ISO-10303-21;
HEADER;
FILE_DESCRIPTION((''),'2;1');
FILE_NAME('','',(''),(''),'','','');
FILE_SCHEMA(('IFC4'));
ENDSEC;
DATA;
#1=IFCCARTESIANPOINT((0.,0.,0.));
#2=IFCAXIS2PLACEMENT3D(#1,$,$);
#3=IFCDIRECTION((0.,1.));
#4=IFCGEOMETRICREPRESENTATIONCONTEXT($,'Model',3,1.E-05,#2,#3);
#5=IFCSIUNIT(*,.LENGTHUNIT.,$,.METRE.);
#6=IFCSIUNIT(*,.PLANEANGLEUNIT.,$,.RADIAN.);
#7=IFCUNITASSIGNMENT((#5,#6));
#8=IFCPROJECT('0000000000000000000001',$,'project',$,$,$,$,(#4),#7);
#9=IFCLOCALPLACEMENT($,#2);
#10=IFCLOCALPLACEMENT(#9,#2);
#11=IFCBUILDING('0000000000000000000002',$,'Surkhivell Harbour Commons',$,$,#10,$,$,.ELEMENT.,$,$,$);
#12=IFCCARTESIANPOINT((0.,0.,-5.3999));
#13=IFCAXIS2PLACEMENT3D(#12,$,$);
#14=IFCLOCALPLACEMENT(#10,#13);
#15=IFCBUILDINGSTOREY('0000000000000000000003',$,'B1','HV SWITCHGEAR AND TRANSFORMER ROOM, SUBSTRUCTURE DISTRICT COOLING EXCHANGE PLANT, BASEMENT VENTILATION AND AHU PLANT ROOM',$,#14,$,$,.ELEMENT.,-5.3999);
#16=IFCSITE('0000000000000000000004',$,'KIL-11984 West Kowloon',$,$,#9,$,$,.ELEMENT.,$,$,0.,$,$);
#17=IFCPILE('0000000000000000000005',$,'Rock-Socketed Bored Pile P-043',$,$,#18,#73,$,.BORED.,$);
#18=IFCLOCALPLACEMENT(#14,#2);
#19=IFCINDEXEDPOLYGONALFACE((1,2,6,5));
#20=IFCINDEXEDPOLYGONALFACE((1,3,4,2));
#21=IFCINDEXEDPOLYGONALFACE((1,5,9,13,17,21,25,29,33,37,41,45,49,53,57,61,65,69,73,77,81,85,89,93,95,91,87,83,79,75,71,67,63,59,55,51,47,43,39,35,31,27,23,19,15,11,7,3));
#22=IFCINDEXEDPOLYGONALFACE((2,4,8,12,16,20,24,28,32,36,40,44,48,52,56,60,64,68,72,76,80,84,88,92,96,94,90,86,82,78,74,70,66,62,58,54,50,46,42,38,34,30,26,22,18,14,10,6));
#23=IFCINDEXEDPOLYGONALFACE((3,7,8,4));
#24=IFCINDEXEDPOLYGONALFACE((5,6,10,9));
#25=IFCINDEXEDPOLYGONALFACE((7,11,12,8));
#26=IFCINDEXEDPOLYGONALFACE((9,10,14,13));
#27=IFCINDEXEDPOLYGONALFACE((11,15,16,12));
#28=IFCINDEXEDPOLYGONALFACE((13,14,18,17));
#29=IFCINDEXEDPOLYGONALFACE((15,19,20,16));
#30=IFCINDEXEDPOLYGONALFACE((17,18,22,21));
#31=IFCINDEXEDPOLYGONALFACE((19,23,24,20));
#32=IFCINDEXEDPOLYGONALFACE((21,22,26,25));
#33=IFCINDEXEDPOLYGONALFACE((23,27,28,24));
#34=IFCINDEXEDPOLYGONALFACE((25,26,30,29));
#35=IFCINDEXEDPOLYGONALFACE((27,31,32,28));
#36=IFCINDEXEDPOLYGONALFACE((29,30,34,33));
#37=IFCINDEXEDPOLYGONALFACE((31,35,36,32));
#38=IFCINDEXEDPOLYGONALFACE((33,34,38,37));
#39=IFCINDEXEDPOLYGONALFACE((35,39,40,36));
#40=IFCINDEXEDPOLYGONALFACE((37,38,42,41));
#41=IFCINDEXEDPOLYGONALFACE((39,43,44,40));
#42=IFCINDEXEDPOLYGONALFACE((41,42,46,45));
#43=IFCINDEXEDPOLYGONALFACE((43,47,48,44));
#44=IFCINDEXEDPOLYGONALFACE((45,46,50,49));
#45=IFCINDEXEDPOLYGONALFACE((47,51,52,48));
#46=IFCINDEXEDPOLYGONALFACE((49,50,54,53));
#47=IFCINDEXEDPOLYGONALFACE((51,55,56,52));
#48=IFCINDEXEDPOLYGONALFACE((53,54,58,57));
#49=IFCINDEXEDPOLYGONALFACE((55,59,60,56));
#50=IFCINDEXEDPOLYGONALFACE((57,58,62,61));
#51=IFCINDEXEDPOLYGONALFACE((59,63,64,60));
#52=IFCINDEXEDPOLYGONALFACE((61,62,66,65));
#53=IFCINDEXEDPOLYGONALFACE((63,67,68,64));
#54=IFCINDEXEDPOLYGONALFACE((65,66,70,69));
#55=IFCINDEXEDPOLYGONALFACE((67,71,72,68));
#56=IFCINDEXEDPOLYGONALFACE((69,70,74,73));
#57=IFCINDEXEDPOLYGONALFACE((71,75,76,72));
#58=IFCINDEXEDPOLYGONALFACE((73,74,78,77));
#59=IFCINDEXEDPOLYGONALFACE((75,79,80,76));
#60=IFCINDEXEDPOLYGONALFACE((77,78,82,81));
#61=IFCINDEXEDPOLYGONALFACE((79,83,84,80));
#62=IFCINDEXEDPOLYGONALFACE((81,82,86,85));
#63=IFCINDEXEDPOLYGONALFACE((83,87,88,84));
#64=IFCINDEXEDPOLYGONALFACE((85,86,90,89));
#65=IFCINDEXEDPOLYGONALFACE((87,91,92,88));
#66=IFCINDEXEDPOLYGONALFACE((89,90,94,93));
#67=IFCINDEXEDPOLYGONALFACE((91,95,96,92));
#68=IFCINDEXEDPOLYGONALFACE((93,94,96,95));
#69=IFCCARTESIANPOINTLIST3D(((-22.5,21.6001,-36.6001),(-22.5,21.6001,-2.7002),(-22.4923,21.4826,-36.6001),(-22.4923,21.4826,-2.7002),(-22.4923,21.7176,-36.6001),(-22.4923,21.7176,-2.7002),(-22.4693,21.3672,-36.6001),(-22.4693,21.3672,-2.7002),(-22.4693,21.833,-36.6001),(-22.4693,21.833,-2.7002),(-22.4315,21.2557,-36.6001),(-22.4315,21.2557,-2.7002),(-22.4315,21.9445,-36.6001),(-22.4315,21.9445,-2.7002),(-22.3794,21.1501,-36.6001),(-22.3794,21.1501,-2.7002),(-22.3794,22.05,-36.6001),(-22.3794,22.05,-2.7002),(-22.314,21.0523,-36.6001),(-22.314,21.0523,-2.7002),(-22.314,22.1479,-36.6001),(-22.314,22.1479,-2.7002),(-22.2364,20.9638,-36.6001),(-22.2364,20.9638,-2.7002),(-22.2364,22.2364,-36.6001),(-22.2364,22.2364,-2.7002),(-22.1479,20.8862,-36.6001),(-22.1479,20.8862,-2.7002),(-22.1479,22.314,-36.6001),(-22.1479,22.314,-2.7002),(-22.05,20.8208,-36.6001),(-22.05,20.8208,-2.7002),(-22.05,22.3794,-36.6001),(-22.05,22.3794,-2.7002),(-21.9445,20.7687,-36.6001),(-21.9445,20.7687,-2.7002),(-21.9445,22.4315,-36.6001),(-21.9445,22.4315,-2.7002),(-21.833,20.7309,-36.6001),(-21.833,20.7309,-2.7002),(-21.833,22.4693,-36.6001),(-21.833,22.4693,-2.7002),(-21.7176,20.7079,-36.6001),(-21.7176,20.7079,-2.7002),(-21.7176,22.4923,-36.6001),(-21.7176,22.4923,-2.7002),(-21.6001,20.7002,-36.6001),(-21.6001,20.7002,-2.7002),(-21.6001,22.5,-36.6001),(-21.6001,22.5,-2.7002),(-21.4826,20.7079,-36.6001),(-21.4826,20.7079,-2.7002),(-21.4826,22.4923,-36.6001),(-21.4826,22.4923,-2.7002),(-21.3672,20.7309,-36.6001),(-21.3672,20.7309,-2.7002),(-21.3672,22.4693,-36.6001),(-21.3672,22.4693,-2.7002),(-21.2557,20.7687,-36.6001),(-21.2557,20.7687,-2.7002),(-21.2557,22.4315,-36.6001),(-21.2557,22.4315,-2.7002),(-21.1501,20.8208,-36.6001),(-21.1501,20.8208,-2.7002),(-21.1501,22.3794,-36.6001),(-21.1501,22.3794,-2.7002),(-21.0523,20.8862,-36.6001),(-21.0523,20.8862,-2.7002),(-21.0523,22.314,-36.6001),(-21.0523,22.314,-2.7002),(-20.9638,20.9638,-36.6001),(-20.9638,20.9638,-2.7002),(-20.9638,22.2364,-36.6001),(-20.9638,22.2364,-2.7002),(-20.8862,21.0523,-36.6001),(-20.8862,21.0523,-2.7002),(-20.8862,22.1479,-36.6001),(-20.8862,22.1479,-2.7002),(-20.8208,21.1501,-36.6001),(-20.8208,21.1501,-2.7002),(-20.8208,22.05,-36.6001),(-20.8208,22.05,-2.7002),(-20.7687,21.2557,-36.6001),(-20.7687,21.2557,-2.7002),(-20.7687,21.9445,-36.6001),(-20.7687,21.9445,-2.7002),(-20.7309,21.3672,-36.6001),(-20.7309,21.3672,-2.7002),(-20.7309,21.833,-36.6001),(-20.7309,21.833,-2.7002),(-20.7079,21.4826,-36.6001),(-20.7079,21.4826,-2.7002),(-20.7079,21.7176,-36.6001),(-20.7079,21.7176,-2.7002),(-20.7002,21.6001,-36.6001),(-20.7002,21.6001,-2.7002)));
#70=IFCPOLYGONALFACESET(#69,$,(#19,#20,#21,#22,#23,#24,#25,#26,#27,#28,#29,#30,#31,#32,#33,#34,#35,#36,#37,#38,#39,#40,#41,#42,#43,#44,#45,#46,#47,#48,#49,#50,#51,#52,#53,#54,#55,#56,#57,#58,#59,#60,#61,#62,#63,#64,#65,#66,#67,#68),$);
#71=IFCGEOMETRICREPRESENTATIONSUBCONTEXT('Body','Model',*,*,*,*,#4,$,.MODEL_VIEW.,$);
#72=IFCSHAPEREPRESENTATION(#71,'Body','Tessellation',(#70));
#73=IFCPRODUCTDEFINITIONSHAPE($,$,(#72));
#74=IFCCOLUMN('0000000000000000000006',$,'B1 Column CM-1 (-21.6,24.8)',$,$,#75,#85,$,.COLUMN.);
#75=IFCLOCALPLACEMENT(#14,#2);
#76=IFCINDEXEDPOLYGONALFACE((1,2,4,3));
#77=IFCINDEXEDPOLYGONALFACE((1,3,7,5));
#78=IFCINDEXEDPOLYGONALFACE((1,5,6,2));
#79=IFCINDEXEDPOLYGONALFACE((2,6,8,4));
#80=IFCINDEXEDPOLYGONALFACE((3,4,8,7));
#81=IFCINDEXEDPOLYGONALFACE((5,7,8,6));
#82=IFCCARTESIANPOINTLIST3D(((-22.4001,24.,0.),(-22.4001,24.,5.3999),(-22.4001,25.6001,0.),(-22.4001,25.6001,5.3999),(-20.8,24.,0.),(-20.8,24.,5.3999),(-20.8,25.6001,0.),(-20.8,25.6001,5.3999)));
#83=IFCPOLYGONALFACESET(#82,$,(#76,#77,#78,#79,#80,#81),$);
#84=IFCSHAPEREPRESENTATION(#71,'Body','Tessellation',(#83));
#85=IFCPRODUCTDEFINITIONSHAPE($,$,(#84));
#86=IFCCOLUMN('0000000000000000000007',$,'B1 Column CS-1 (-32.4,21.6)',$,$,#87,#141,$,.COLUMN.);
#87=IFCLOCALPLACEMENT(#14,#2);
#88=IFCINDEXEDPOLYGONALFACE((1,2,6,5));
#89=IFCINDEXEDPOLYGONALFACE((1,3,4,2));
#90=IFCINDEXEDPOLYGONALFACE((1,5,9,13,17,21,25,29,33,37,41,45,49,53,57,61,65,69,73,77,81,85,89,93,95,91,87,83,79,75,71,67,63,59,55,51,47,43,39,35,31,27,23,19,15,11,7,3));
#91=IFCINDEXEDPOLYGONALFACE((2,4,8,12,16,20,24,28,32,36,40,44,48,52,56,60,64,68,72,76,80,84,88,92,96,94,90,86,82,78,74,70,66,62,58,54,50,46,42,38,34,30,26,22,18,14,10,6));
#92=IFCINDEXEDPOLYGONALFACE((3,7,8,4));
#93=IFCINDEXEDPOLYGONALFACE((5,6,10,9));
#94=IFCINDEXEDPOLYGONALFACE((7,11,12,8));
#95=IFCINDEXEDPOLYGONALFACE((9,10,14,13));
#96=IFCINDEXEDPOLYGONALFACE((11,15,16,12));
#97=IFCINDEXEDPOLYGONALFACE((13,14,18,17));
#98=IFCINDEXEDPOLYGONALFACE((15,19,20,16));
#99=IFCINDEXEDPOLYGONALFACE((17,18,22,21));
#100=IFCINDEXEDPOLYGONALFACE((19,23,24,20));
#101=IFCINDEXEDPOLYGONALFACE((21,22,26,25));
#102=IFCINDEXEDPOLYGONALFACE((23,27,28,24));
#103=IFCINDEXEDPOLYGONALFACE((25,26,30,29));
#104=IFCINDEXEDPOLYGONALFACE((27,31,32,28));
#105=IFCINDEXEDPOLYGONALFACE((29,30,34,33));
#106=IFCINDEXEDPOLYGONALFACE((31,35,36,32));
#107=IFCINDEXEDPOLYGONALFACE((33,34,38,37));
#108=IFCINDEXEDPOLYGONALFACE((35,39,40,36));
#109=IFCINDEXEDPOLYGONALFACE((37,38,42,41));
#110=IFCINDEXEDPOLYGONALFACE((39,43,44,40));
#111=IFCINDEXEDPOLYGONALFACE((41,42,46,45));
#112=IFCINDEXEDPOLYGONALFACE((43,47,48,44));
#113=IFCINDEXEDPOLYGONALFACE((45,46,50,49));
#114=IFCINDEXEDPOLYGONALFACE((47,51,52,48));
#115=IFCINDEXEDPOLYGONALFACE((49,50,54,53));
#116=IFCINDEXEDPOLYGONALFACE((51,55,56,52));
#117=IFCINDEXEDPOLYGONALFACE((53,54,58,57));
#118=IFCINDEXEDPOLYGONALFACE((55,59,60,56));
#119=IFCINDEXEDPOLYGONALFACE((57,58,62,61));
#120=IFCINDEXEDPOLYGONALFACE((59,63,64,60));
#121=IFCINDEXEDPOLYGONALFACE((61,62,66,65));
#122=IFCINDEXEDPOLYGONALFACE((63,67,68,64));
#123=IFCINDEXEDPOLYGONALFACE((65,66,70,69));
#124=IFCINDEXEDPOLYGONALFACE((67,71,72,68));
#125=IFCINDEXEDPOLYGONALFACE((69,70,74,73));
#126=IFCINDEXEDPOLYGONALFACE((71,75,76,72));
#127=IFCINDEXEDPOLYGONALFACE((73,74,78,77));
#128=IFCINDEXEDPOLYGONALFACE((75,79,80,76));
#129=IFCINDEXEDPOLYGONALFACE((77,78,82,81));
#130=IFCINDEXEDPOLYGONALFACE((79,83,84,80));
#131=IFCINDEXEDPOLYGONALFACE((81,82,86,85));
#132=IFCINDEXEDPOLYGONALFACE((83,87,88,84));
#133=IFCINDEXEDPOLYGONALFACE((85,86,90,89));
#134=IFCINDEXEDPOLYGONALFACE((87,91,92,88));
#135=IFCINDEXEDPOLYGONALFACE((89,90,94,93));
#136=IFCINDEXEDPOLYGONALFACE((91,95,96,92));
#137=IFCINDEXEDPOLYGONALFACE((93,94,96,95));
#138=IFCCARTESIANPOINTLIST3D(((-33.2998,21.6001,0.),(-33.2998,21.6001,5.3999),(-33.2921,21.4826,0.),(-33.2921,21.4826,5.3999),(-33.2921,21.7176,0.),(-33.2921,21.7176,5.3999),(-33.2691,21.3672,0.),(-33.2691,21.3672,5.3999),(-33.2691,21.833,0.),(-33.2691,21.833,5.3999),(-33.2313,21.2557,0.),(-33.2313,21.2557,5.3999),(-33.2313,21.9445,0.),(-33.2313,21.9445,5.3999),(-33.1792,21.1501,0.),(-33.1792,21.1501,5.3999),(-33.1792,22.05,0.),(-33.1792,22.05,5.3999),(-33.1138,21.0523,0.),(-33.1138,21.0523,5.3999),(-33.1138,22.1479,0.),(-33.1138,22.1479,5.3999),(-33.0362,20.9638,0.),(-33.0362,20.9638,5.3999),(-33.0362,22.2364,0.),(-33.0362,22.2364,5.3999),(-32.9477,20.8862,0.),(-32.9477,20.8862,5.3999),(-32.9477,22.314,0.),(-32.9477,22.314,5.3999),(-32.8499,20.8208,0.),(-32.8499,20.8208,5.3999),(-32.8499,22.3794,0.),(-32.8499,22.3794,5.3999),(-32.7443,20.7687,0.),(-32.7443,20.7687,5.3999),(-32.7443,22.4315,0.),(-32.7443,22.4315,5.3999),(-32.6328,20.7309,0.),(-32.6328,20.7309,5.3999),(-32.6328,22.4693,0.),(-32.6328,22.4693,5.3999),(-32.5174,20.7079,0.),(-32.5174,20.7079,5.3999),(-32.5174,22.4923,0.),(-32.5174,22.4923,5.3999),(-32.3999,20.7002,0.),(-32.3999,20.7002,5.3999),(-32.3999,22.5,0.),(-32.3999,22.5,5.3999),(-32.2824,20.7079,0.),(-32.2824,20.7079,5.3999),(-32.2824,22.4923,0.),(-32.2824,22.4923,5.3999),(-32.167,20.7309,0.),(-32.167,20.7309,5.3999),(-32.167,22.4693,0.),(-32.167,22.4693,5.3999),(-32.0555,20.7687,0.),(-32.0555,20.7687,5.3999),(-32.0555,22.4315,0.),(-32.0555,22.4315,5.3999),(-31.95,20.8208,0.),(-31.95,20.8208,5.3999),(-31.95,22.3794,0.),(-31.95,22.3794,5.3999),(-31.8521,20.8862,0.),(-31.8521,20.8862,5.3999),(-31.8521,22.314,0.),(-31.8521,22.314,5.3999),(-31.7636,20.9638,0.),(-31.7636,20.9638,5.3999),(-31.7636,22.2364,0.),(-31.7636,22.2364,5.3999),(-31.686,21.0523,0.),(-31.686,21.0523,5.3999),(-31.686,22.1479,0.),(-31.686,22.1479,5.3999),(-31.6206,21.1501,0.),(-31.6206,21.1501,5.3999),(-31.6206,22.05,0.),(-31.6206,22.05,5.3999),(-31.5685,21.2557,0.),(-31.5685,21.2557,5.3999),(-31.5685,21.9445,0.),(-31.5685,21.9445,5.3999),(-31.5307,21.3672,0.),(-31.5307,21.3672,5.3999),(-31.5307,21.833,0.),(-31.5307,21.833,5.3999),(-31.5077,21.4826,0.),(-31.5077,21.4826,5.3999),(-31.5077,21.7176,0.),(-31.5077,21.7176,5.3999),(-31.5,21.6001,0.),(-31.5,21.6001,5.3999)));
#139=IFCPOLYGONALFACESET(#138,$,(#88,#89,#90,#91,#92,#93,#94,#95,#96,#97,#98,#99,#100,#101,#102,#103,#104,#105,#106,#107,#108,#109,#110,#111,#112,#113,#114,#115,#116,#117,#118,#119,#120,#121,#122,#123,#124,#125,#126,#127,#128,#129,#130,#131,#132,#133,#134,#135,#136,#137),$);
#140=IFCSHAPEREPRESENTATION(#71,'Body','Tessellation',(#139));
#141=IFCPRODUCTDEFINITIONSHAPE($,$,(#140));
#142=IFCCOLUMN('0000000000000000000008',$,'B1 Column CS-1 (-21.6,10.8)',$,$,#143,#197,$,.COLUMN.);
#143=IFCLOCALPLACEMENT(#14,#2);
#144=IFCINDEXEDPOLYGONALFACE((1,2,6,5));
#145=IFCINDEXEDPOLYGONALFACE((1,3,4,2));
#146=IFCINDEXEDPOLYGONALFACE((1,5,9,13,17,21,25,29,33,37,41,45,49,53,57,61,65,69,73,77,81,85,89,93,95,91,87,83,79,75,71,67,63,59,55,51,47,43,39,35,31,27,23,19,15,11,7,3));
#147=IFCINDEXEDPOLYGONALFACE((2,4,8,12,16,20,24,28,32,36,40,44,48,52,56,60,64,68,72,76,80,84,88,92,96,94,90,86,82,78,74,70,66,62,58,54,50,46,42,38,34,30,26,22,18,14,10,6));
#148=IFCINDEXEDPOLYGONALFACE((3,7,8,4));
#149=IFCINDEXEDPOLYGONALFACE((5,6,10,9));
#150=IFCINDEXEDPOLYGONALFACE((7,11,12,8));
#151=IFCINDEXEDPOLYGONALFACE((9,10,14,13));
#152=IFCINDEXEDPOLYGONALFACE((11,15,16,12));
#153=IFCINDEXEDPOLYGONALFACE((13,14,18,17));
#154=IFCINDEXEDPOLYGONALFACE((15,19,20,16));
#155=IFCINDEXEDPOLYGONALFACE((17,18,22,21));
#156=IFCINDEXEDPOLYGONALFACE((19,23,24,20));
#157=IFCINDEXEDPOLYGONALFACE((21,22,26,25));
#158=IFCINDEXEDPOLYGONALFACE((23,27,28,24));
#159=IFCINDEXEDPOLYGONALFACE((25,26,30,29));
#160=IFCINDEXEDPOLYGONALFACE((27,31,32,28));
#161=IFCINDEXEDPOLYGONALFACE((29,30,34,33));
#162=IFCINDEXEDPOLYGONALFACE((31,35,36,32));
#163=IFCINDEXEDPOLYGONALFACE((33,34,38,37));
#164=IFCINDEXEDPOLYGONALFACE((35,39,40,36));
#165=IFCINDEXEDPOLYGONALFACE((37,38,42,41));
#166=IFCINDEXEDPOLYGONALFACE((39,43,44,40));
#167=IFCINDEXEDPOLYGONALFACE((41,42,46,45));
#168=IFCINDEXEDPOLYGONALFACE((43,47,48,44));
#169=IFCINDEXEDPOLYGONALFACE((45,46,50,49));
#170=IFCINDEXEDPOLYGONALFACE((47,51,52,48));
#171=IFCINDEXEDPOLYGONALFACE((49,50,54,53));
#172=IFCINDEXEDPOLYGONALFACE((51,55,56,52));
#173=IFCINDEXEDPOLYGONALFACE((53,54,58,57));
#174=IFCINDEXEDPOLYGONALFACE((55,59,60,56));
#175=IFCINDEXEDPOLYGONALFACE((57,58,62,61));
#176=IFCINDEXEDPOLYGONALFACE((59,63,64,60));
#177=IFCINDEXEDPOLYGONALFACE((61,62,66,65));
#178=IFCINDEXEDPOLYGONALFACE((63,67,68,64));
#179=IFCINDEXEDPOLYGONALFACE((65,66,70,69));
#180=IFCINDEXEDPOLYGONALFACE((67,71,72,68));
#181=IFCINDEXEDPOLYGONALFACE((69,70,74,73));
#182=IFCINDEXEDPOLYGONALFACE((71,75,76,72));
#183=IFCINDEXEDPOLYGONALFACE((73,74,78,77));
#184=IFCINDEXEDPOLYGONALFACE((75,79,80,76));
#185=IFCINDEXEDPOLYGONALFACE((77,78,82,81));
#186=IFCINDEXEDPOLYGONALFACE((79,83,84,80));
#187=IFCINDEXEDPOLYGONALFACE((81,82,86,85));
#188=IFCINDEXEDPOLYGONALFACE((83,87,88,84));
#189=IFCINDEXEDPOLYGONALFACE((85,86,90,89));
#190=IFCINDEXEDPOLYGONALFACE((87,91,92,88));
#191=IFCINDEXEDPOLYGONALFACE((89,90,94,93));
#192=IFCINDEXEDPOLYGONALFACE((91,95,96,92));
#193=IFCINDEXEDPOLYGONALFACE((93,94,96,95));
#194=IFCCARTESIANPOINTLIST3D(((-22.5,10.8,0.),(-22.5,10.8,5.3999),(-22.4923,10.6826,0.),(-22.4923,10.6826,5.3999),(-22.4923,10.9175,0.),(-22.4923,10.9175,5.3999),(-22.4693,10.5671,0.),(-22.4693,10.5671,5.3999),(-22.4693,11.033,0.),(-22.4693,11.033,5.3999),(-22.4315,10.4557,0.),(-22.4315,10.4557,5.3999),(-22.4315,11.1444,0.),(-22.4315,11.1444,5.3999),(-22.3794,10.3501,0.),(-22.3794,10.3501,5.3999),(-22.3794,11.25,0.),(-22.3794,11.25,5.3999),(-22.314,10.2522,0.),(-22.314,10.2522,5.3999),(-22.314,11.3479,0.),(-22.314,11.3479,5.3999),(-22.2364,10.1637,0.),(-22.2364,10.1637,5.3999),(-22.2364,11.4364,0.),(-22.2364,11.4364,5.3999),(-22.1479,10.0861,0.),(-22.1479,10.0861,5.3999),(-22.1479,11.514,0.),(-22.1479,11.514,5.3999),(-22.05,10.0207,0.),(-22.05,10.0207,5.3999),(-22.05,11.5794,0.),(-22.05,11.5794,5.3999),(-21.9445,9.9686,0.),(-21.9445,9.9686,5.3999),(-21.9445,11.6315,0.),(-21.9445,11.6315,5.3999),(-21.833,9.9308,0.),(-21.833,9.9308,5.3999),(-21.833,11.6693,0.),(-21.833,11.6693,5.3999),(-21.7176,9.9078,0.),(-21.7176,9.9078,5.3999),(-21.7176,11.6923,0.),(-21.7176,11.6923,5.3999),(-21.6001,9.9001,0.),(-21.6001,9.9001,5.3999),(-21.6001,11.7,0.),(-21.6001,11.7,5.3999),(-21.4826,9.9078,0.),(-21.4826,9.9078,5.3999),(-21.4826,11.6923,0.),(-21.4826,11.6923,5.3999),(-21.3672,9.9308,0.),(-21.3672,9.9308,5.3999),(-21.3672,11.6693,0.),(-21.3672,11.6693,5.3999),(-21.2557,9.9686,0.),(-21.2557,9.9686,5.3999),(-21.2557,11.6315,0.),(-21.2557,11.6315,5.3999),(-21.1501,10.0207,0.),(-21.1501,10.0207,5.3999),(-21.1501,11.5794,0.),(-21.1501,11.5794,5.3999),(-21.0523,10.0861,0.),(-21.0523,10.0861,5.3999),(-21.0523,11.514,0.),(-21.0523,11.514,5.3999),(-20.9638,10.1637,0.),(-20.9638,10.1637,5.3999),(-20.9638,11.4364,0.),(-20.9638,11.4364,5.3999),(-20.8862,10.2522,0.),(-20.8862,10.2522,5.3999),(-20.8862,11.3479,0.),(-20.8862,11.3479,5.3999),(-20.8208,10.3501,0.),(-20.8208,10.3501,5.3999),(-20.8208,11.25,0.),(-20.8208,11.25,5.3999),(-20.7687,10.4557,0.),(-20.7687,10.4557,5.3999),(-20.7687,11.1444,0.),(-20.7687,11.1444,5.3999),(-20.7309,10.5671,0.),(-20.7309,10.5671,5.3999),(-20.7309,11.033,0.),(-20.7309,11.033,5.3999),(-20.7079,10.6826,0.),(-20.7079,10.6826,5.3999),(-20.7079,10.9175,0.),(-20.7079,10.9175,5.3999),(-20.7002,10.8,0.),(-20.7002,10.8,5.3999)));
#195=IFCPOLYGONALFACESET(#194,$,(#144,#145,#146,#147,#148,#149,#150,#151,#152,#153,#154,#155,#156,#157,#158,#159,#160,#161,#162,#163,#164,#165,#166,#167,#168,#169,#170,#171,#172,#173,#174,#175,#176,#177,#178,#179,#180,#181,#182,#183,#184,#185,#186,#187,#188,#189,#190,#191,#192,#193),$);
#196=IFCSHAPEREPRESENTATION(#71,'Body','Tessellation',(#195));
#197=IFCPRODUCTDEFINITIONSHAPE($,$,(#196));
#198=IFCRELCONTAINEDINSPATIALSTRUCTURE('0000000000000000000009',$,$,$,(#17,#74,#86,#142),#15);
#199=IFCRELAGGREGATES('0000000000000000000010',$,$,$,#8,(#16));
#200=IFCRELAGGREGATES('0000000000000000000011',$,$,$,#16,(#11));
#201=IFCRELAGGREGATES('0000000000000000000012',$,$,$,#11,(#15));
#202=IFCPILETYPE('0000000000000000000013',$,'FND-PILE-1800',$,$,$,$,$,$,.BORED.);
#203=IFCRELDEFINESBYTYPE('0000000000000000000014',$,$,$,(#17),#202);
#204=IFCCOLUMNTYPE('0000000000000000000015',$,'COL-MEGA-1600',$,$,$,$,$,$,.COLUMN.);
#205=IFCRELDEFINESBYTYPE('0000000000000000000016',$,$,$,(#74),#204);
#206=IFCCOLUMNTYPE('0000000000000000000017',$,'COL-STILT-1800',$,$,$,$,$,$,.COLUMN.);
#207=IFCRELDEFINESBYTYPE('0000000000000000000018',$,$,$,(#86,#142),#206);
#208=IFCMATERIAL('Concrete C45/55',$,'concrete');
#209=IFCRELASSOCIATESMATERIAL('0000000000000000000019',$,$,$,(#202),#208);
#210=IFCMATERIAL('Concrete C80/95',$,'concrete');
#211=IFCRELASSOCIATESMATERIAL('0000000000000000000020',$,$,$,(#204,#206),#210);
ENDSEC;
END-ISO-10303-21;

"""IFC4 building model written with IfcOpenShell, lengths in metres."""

from ifc_helpers import new_model, si_unit, direction, frame, origin, origin_2d, place, context, subcontext, project, spatial, rectangle, circle, extrude, material, material_profile, profile_set, type_object, element, save


model = new_model("IFC4")

# Units and contexts
model_context = context("Model", 3, precision=1e-05, world=origin(), true_north=direction((0.0, 1.0)))
body_context = subcontext(model_context, "Body", "Model", "MODEL_VIEW")
ifc_project = project(units=[si_unit("LENGTHUNIT", "METRE"), si_unit("PLANEANGLEUNIT", "RADIAN")], contexts=[model_context])

# Site, building, storey
site_placement = place(None, origin())
site = spatial("IfcSite", under=ifc_project, at=site_placement, Name="KIL-11984 West Kowloon", CompositionType="ELEMENT", RefElevation=0.0)
building_placement = place(site_placement, origin())
building = spatial("IfcBuilding", under=site, at=building_placement, Name="Surkhivell Harbour Commons", CompositionType="ELEMENT")
storey_placement = place(building_placement, frame((0.0, 0.0, -5.3999)))
storey = spatial("IfcBuildingStorey", under=building, at=storey_placement, Name="B1", Description="HV SWITCHGEAR AND TRANSFORMER ROOM, SUBSTRUCTURE DISTRICT COOLING EXCHANGE PLANT, BASEMENT VENTILATION AND AHU PLANT ROOM", CompositionType="ELEMENT", Elevation=-5.3999)

# Pile
ifc_material_1 = material(Name="Concrete C45/55", Category="concrete")
ifc_material_profile_1 = material_profile(ifc_material_1, circle(Radius=0.8999, at=origin_2d()), Name="PILE-1800")
ifc_profile_set_1 = profile_set([ifc_material_profile_1], Name="Concrete C45/55")
pile_type_1 = type_object("IfcPileType", Name="FND-PILE-1800", PredefinedType="BORED", material=ifc_profile_set_1)
for number, where, z_axis, x_axis, name in (
    (1, (-21.6001, 21.6001, -2.7002), (0.0, 0.0, -1.0), (1.0, 0.0, 0.0), "Rock-Socketed Bored Pile P-043"),
):
    element("IfcPile", number, at=place(storey_placement, frame(where, z_axis=z_axis, x_axis=x_axis)), inside=storey, type_object=pile_type_1, Name=name, PredefinedType="BORED", context=body_context, shape_type="SweptSolid", body=[
        extrude(circle(Radius=0.8999, at=origin_2d()), origin(), (0.0, 0.0, 1.0), 33.8999),
    ])

# Columns
ifc_material_2 = material(Name="Concrete C80/95", Category="concrete")
ifc_material_profile_2 = material_profile(ifc_material_2, rectangle(XDim=1.6001, YDim=1.6001, at=origin_2d()), Name="RC-COL-1600x1600")
ifc_profile_set_2 = profile_set([ifc_material_profile_2], Name="Concrete C80/95")
column_type_1 = type_object("IfcColumnType", Name="COL-MEGA-1600", PredefinedType="COLUMN", material=ifc_profile_set_2)
column_placement = place(storey_placement, frame((-21.6001, 24.8, 0.0), z_axis=(0.0, 0.0, 1.0), x_axis=(1.0, 0.0, 0.0)))
element("IfcColumn", 2, at=column_placement, inside=storey, type_object=column_type_1, Name="B1 Column CM-1 (-21.6,24.8)", PredefinedType="COLUMN", context=body_context, shape_type="SweptSolid", body=[
    extrude(rectangle(XDim=1.6001, YDim=1.6001, at=origin_2d()), origin(), (0.0, 0.0, 1.0), 5.3999),
])
ifc_material_profile_3 = material_profile(ifc_material_2, circle(Radius=0.8999, at=origin_2d()), Name="RC-CIRC-1800")
ifc_profile_set_3 = profile_set([ifc_material_profile_3], Name="Concrete C80/95")
column_type_2 = type_object("IfcColumnType", Name="COL-STILT-1800", PredefinedType="COLUMN", material=ifc_profile_set_3)
for number, where, z_axis, x_axis, name in (
    (3, (-32.3999, 21.6001, 0.0), (0.0, 0.0, 1.0), (1.0, 0.0, 0.0), "B1 Column CS-1 (-32.4,21.6)"),
    (4, (-21.6001, 10.8, 0.0), (0.0, 0.0, 1.0), (1.0, 0.0, 0.0), "B1 Column CS-1 (-21.6,10.8)"),
):
    element("IfcColumn", number, at=place(storey_placement, frame(where, z_axis=z_axis, x_axis=x_axis)), inside=storey, type_object=column_type_2, Name=name, PredefinedType="COLUMN", context=body_context, shape_type="SweptSolid", body=[
        extrude(circle(Radius=0.8999, at=origin_2d()), origin(), (0.0, 0.0, 1.0), 5.3999),
    ])

save(model, "model.ifc")
